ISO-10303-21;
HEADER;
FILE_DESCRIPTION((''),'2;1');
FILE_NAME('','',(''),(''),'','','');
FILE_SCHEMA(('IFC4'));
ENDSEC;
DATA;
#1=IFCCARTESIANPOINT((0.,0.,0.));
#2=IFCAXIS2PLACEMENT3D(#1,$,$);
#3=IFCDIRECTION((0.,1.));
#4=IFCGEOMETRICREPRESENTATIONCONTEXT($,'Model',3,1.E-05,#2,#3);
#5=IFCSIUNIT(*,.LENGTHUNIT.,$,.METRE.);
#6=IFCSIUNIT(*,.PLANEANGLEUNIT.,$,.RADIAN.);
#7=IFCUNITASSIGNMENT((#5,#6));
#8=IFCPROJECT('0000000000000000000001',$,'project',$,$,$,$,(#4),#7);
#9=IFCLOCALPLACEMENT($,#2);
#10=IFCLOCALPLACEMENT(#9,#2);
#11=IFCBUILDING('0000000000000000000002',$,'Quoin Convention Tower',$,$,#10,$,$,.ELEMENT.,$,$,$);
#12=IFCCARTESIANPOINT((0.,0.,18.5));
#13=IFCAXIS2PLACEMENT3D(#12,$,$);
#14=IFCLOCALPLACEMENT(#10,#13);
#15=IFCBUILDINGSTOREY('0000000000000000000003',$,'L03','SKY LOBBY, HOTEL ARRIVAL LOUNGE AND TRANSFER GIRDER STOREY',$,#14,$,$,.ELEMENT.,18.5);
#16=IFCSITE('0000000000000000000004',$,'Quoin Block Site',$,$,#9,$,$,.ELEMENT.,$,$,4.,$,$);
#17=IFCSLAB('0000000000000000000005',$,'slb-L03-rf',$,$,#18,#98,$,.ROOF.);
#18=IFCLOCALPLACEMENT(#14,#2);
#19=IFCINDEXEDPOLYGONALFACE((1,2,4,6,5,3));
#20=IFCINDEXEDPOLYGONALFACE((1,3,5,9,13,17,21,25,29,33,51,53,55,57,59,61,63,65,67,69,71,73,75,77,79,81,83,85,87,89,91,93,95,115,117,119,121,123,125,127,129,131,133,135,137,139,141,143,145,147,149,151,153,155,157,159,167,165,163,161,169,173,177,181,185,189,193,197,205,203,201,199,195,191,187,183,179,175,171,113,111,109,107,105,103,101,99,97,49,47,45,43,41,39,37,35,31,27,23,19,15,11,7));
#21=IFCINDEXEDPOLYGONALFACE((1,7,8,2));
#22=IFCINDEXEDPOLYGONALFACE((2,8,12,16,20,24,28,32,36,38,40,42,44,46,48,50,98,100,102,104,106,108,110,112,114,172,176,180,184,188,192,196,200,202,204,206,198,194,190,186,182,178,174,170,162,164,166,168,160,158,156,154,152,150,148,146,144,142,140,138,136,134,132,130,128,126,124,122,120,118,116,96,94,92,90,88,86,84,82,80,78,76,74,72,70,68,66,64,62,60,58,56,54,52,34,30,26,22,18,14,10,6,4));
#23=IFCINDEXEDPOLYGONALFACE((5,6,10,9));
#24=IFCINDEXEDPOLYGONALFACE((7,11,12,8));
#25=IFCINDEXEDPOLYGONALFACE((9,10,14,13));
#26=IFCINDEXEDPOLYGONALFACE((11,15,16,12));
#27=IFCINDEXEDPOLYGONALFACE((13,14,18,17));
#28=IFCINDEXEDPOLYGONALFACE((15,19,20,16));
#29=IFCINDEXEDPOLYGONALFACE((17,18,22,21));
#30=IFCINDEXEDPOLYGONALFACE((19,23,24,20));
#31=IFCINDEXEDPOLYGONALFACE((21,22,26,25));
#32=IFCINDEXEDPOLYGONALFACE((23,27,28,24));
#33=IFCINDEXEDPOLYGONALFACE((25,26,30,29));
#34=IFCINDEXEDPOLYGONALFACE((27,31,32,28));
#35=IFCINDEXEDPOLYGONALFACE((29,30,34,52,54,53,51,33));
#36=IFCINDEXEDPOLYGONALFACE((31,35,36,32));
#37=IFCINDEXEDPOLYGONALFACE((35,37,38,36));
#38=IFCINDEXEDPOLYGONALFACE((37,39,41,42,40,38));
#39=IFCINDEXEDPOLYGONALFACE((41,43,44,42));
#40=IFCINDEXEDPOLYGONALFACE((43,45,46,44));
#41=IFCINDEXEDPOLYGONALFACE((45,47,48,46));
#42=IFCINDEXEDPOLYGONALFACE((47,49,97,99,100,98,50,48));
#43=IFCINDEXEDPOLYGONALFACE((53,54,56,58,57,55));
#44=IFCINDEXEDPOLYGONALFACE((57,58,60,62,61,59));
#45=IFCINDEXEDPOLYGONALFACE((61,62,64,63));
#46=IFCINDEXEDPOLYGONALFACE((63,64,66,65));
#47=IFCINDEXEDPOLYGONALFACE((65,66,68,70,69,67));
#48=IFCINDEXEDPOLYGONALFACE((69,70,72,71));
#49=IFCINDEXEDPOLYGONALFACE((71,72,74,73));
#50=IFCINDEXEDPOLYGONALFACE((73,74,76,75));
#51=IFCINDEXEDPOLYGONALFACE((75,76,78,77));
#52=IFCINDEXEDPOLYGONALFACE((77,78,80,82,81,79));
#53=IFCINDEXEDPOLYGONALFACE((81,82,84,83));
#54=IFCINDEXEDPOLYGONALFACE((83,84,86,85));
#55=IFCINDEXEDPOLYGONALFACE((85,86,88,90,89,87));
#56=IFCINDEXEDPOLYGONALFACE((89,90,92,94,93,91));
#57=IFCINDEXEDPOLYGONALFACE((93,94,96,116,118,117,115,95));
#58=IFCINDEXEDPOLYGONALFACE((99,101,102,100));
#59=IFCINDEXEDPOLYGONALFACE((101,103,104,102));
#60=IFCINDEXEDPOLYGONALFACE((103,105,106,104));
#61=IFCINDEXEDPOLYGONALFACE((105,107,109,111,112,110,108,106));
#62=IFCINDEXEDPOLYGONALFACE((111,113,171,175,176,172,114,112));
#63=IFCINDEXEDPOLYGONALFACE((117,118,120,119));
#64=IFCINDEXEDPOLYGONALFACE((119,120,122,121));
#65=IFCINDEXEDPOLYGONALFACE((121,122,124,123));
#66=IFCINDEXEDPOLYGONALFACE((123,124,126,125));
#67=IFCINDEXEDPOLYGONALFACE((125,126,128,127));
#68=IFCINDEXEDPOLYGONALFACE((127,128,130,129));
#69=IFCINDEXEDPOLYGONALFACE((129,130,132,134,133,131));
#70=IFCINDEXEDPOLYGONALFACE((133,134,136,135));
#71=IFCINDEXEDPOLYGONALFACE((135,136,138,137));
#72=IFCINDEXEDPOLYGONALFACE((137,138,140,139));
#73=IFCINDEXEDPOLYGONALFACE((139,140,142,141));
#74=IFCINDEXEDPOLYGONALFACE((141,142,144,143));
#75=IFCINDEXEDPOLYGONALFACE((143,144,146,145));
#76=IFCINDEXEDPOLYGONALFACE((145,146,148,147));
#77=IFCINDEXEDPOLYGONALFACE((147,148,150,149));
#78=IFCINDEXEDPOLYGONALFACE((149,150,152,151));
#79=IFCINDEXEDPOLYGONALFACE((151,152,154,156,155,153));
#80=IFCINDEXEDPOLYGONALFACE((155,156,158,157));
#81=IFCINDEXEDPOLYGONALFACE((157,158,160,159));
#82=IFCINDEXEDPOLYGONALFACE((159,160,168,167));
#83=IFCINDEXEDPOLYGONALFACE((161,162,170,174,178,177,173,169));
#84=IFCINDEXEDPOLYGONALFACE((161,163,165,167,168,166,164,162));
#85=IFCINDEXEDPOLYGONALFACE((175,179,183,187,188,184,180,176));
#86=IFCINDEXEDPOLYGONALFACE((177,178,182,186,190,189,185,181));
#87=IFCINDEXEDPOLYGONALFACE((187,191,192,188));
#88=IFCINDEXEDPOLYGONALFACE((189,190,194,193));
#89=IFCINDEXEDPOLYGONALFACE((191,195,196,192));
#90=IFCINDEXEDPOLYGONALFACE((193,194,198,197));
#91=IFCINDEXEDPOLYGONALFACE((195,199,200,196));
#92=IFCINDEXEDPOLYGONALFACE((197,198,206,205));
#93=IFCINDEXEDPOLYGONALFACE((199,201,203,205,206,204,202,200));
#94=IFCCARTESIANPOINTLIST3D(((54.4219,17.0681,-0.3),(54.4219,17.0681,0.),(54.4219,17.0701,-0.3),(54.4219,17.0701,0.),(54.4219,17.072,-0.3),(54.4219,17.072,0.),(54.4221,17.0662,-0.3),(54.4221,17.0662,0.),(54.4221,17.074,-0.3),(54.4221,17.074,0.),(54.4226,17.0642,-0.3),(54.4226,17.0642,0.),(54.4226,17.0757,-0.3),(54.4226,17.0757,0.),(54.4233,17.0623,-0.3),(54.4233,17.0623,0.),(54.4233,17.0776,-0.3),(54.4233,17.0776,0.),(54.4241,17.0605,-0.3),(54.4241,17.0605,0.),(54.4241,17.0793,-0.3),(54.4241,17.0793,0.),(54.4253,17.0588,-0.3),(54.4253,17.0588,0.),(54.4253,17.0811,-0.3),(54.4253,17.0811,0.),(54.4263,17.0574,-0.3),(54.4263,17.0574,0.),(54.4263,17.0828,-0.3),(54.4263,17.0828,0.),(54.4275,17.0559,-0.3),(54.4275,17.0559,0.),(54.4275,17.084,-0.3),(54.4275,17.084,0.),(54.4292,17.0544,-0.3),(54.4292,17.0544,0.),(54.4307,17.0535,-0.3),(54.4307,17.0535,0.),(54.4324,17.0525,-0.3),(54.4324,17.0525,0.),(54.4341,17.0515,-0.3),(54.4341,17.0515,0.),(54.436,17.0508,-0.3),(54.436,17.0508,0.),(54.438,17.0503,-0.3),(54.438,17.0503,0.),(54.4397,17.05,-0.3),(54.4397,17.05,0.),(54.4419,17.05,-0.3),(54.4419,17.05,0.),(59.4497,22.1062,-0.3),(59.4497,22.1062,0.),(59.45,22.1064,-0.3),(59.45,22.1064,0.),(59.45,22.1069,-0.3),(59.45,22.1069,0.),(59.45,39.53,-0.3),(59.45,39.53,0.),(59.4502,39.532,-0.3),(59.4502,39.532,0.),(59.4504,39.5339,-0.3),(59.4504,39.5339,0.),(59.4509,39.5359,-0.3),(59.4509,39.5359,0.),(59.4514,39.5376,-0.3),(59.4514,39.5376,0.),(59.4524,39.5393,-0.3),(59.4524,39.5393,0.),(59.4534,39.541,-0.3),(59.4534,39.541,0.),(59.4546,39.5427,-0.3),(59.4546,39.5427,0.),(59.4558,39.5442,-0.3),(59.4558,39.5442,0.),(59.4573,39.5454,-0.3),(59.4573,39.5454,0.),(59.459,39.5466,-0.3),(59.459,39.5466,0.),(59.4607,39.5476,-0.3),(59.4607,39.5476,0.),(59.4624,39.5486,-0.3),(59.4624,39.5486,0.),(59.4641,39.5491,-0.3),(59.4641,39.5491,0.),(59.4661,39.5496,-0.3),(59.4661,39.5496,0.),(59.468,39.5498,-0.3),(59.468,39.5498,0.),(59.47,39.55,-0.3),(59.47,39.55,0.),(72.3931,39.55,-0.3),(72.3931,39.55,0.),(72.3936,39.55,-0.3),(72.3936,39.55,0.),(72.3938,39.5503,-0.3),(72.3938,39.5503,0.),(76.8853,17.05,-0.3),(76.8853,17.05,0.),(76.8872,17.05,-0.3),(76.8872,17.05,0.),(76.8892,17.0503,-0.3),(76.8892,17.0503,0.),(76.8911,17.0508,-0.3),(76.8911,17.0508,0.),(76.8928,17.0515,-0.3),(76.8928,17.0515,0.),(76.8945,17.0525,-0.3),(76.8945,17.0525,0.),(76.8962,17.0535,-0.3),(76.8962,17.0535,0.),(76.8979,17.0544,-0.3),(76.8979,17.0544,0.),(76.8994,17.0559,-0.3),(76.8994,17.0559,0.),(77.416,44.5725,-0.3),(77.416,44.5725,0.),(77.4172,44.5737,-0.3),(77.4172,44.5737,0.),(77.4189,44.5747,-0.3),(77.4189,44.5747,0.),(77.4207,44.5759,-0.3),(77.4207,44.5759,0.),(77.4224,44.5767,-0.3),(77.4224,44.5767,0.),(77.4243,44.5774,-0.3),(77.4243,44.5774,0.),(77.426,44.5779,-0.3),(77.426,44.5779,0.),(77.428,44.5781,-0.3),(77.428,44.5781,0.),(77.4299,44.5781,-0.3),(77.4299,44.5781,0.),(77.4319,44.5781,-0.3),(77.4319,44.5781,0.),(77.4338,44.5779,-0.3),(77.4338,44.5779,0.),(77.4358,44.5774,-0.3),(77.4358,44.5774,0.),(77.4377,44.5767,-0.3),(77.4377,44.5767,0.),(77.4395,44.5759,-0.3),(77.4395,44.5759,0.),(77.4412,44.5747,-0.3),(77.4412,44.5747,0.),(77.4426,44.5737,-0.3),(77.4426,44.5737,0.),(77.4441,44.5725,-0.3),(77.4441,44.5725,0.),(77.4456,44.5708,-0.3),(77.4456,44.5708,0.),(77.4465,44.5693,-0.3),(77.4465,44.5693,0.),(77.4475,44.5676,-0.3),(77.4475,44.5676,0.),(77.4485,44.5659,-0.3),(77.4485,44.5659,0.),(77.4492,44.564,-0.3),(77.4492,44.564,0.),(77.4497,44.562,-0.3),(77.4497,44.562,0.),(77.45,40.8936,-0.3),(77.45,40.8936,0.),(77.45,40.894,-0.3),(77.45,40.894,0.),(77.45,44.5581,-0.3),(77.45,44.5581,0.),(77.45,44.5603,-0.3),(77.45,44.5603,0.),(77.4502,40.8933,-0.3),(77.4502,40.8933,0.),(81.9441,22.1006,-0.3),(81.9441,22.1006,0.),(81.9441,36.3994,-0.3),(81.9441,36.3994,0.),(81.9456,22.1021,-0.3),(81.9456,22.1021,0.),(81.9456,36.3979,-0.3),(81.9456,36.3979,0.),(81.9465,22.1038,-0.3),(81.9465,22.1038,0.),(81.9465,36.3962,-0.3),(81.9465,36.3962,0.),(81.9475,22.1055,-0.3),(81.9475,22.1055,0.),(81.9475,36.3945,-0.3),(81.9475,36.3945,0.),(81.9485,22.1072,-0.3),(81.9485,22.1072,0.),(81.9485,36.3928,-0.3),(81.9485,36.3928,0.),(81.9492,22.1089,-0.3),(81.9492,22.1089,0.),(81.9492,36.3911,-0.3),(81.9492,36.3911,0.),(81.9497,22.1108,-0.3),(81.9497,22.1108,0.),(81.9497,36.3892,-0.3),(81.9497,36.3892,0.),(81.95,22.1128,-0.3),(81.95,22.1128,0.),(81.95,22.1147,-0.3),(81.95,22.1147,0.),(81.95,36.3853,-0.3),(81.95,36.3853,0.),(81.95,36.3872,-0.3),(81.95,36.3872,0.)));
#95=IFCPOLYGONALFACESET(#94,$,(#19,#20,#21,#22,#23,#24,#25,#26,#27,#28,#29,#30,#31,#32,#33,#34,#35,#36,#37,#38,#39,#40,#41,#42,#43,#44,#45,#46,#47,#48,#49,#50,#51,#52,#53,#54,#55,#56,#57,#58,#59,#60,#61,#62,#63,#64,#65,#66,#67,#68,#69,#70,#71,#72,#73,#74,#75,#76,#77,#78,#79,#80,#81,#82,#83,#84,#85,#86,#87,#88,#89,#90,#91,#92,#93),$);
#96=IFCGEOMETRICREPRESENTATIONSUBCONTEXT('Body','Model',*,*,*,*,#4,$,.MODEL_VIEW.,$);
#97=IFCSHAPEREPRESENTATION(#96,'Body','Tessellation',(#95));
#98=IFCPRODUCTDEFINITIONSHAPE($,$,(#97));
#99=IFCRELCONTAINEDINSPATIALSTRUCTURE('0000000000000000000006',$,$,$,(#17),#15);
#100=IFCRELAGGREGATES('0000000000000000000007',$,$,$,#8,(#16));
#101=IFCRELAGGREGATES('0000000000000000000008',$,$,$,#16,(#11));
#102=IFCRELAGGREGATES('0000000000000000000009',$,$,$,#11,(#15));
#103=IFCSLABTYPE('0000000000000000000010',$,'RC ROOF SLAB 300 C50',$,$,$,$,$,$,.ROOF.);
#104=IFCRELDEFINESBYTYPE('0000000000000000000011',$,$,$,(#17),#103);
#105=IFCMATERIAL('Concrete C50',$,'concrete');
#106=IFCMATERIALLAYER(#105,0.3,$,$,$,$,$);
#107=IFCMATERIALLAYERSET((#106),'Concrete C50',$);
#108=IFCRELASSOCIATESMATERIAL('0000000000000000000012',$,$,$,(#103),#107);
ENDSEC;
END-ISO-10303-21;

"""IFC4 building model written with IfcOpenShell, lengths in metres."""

from ifc_helpers import new_model, si_unit, direction, frame, origin, place, context, subcontext, project, spatial, polyline, outline, extrude, material, layer, layer_set, type_object, element, save


model = new_model("IFC4")

# Units and contexts
model_context = context("Model", 3, precision=1e-05, world=origin(), true_north=direction((0.0, 1.0)))
body_context = subcontext(model_context, "Body", "Model", "MODEL_VIEW")
ifc_project = project(units=[si_unit("LENGTHUNIT", "METRE"), si_unit("PLANEANGLEUNIT", "RADIAN")], contexts=[model_context])

# Site, building, storey
site_placement = place(None, origin())
site = spatial("IfcSite", under=ifc_project, at=site_placement, Name="Quoin Block Site", CompositionType="ELEMENT", RefElevation=4.0)
building_placement = place(site_placement, origin())
building = spatial("IfcBuilding", under=site, at=building_placement, Name="Quoin Convention Tower", CompositionType="ELEMENT")
storey_placement = place(building_placement, frame((0.0, 0.0, 18.5)))
storey = spatial("IfcBuildingStorey", under=building, at=storey_placement, Name="L03", Description="SKY LOBBY, HOTEL ARRIVAL LOUNGE AND TRANSFER GIRDER STOREY", CompositionType="ELEMENT", Elevation=18.5)

# Slab
ifc_material_1 = material(Name="Concrete C50", Category="concrete")
ifc_layer_1 = layer(ifc_material_1, 0.3)
ifc_layer_set_1 = layer_set([ifc_layer_1], Name="Concrete C50")
slab_type_1 = type_object("IfcSlabType", Name="RC ROOF SLAB 300 C50", PredefinedType="ROOF", material=ifc_layer_set_1)
slab_1_placement = place(storey_placement, frame((0.0, 0.0, -0.3)))
element("IfcSlab", 1, at=slab_1_placement, inside=storey, type_object=slab_type_1, Name="slb-L03-rf", PredefinedType="ROOF", context=body_context, shape_type="SweptSolid", body=[
    extrude(outline(polyline([(59.45, 22.1064), (59.45, 22.1069), (59.45, 39.53), (59.4502, 39.532), (59.4504, 39.5339), (59.4509, 39.5359), (59.4514, 39.5376), (59.4524, 39.5393), (59.4534, 39.541), (59.4546, 39.5427), (59.4558, 39.5442), (59.4573, 39.5454), (59.459, 39.5466), (59.4607, 39.5476), (59.4624, 39.5486), (59.4641, 39.5491), (59.4661, 39.5496), (59.468, 39.5498), (59.47, 39.55), (72.3931, 39.55), (72.3936, 39.55), (72.3938, 39.5503), (77.416, 44.5725), (77.4172, 44.5737), (77.4189, 44.5747), (77.4207, 44.5759), (77.4224, 44.5767), (77.4243, 44.5774), (77.426, 44.5779), (77.428, 44.5781), (77.4299, 44.5781), (77.4319, 44.5781), (77.4338, 44.5779), (77.4358, 44.5774), (77.4377, 44.5767), (77.4395, 44.5759), (77.4412, 44.5747), (77.4426, 44.5737), (77.4441, 44.5725), (77.4456, 44.5708), (77.4465, 44.5693), (77.4475, 44.5676), (77.4485, 44.5659), (77.4492, 44.564), (77.4497, 44.562), (77.45, 44.5603), (77.45, 44.5581), (77.45, 40.894), (77.45, 40.8936), (77.4502, 40.8933), (81.9441, 36.3994), (81.9456, 36.3979), (81.9465, 36.3962), (81.9475, 36.3945), (81.9485, 36.3928), (81.9492, 36.3911), (81.9497, 36.3892), (81.95, 36.3872), (81.95, 36.3853), (81.95, 22.1147), (81.95, 22.1128), (81.9497, 22.1108), (81.9492, 22.1089), (81.9485, 22.1072), (81.9475, 22.1055), (81.9465, 22.1038), (81.9456, 22.1021), (81.9441, 22.1006), (76.8994, 17.0559), (76.8979, 17.0544), (76.8962, 17.0535), (76.8945, 17.0525), (76.8928, 17.0515), (76.8911, 17.0508), (76.8892, 17.0503), (76.8872, 17.05), (76.8853, 17.05), (54.4419, 17.05), (54.4397, 17.05), (54.438, 17.0503), (54.436, 17.0508), (54.4341, 17.0515), (54.4324, 17.0525), (54.4307, 17.0535), (54.4292, 17.0544), (54.4275, 17.0559), (54.4263, 17.0574), (54.4253, 17.0588), (54.4241, 17.0605), (54.4233, 17.0623), (54.4226, 17.0642), (54.4221, 17.0662), (54.4219, 17.0681), (54.4219, 17.0701), (54.4219, 17.072), (54.4221, 17.074), (54.4226, 17.0757), (54.4233, 17.0776), (54.4241, 17.0793), (54.4253, 17.0811), (54.4263, 17.0828), (54.4275, 17.084), (59.4497, 22.1062), (59.45, 22.1064)])), origin(), (0.0, 0.0, 1.0), 0.3),
])

save(model, "model.ifc")
